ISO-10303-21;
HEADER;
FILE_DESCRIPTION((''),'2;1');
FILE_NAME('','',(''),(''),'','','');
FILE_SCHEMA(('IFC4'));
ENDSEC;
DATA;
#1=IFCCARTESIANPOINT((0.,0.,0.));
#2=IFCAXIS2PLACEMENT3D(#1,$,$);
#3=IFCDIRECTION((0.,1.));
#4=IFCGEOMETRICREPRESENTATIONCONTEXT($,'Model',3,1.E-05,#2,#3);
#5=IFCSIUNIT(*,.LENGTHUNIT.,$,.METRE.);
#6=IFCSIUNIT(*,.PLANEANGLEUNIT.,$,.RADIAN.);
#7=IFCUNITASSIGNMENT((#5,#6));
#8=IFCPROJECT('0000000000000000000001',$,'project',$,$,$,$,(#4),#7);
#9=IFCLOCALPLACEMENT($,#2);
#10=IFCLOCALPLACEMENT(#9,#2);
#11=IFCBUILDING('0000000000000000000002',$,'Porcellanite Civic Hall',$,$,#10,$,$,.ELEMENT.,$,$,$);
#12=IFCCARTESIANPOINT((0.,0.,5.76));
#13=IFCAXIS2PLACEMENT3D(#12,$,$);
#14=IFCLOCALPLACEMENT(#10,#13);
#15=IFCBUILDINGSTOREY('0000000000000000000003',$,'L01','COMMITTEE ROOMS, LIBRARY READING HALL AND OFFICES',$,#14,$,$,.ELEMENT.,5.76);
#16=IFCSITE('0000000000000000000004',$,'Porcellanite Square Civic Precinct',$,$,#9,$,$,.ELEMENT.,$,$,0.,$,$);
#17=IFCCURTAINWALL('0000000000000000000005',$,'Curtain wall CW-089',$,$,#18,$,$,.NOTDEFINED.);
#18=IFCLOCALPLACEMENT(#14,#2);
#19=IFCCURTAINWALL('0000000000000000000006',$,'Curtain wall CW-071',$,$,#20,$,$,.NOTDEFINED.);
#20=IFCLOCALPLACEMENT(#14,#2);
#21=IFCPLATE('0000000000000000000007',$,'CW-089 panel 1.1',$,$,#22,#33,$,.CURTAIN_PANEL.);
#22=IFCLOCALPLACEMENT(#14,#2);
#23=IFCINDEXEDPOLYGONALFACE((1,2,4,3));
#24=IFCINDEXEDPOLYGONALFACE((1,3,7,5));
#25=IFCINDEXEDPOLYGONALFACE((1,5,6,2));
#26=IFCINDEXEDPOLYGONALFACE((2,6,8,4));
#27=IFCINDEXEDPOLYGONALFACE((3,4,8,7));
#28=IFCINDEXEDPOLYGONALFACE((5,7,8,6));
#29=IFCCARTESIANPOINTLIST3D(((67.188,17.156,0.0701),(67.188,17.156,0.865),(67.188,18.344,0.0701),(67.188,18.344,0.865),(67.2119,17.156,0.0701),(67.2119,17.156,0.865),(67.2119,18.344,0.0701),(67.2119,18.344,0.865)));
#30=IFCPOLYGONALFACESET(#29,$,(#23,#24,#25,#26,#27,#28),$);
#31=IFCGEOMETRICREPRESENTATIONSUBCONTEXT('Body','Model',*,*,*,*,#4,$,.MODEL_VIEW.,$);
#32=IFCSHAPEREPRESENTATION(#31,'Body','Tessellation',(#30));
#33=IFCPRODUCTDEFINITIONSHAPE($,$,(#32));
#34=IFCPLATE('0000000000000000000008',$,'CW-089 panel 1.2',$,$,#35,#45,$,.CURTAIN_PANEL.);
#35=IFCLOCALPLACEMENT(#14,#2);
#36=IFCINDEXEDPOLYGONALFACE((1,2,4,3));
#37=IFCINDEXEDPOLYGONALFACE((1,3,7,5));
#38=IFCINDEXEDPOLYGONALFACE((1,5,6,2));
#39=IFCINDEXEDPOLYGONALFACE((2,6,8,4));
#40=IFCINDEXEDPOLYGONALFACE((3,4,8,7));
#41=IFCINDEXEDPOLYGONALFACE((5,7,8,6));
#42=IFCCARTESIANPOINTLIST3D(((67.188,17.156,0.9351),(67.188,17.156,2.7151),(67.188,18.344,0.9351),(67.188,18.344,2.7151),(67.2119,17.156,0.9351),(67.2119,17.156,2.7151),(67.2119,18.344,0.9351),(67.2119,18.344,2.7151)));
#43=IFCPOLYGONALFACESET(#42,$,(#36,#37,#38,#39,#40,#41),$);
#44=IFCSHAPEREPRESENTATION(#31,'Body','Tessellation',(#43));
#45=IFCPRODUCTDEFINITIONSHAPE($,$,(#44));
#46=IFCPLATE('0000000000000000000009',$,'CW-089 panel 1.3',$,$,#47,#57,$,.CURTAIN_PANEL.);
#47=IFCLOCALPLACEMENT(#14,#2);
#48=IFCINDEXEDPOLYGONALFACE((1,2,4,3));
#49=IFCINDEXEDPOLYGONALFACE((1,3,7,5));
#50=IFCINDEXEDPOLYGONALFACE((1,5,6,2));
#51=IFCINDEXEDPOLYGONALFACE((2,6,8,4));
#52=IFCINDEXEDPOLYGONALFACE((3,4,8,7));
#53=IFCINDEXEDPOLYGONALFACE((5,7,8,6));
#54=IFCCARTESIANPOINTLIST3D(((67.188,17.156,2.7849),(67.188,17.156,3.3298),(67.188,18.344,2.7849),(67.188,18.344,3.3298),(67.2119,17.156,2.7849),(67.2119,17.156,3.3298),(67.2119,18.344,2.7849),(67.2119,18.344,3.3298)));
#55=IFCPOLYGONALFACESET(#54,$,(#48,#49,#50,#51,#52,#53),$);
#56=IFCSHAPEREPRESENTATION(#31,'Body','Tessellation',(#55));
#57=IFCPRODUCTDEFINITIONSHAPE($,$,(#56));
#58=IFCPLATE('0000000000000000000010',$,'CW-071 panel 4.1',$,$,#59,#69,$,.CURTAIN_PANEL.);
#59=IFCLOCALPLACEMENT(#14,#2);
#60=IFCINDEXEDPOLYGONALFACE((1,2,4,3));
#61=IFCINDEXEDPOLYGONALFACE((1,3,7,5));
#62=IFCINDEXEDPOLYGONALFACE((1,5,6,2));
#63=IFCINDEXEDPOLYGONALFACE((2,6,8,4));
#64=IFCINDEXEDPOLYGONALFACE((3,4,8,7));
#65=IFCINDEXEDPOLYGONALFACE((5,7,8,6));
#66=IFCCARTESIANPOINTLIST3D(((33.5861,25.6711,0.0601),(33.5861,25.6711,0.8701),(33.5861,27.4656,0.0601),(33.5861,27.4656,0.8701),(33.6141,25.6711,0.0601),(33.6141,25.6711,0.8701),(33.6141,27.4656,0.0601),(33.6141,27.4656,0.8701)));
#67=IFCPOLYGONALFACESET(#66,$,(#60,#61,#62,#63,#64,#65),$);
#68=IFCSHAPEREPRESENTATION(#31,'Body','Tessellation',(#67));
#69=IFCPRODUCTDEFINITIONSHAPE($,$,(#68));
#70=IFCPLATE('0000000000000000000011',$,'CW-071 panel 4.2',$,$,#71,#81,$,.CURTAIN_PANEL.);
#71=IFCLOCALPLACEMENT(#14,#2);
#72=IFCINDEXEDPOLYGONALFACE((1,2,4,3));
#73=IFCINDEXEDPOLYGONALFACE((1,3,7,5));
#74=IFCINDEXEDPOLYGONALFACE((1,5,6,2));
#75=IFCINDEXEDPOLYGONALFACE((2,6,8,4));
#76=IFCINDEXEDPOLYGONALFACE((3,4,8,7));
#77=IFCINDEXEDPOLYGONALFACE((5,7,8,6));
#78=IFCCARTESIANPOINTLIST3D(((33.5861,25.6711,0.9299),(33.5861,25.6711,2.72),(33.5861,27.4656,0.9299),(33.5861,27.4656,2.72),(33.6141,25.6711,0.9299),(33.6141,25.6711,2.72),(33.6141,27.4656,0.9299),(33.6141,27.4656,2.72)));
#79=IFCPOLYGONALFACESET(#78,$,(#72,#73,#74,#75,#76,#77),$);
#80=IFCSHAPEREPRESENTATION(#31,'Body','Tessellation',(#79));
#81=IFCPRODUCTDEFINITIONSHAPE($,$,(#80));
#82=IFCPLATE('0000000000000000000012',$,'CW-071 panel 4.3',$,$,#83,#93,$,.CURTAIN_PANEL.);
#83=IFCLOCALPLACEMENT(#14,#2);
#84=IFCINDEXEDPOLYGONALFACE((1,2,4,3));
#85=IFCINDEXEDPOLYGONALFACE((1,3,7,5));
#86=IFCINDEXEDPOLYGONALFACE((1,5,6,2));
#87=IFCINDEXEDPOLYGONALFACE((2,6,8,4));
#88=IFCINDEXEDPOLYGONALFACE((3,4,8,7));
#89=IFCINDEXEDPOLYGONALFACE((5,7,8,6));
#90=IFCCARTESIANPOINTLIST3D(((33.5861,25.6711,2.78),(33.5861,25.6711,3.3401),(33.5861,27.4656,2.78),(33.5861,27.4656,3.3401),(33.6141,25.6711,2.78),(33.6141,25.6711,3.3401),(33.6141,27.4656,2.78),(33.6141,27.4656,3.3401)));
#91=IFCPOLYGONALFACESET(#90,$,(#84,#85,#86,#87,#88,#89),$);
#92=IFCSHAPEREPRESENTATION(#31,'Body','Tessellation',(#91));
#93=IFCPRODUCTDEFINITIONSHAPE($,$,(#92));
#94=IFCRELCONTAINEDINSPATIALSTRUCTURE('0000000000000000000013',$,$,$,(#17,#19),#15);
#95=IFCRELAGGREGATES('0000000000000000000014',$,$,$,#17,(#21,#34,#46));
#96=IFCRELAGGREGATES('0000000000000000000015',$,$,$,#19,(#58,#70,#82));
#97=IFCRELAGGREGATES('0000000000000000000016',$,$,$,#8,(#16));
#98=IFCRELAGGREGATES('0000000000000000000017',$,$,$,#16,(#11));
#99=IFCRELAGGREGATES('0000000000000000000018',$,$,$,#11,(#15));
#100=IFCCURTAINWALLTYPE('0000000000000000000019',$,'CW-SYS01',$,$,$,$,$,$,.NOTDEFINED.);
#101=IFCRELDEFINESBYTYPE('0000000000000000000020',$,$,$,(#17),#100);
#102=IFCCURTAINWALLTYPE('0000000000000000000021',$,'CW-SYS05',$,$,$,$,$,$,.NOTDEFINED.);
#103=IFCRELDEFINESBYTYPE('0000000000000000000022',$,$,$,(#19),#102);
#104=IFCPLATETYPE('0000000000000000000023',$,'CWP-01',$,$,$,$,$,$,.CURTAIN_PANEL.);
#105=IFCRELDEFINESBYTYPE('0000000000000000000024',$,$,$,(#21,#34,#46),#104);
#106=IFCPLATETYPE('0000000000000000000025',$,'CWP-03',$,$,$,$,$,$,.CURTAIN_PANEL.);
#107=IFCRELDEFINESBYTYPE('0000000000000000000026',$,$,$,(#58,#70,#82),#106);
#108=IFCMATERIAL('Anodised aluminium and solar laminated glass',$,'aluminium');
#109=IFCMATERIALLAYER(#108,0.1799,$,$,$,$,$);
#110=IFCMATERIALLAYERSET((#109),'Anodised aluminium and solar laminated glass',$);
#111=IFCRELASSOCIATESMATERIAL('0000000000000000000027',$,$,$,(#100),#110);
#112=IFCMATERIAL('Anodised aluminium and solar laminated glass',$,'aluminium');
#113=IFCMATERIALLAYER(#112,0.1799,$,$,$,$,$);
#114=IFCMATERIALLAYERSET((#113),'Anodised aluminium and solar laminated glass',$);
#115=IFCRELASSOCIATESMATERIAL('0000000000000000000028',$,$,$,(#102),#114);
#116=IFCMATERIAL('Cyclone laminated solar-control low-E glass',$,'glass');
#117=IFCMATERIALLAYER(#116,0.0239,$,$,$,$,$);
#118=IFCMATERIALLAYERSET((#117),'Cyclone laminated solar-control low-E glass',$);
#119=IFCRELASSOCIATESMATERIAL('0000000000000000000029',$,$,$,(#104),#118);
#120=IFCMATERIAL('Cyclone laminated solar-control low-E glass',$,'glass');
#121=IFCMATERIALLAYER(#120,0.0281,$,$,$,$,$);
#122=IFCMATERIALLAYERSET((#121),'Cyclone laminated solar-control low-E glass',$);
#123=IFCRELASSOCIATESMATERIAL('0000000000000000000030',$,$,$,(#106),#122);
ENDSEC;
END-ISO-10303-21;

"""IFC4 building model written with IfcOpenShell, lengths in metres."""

from ifc_helpers import new_model, si_unit, direction, frame, origin, origin_2d, place, context, subcontext, project, spatial, rectangle, extrude, material, layer, layer_set, type_object, element, aggregate, save


model = new_model("IFC4")

# Units and contexts
model_context = context("Model", 3, precision=1e-05, world=origin(), true_north=direction((0.0, 1.0)))
body_context = subcontext(model_context, "Body", "Model", "MODEL_VIEW")
ifc_project = project(units=[si_unit("LENGTHUNIT", "METRE"), si_unit("PLANEANGLEUNIT", "RADIAN")], contexts=[model_context])

# Site, building, storey
site_placement = place(None, origin())
site = spatial("IfcSite", under=ifc_project, at=site_placement, Name="Porcellanite Square Civic Precinct", CompositionType="ELEMENT", RefElevation=0.0)
building_placement = place(site_placement, origin())
building = spatial("IfcBuilding", under=site, at=building_placement, Name="Porcellanite Civic Hall", CompositionType="ELEMENT")
storey_placement = place(building_placement, frame((0.0, 0.0, 5.76)))
storey = spatial("IfcBuildingStorey", under=building, at=storey_placement, Name="L01", Description="COMMITTEE ROOMS, LIBRARY READING HALL AND OFFICES", CompositionType="ELEMENT", Elevation=5.76)

# Curtain wall
ifc_material_1 = material(Name="Anodised aluminium and solar laminated glass", Category="aluminium")
ifc_layer_1 = layer(ifc_material_1, 0.1799)
ifc_layer_set_1 = layer_set([ifc_layer_1], Name="Anodised aluminium and solar laminated glass")
curtain_wall_type_1 = type_object("IfcCurtainWallType", Name="CW-SYS01", PredefinedType="NOTDEFINED", material=ifc_layer_set_1)
curtain_wall_1_placement = place(storey_placement, origin())
curtain_wall_1 = element("IfcCurtainWall", 1, at=curtain_wall_1_placement, inside=storey, type_object=curtain_wall_type_1, Name="Curtain wall CW-089", PredefinedType="NOTDEFINED")

# Curtain wall
ifc_material_2 = material(Name="Anodised aluminium and solar laminated glass", Category="aluminium")
ifc_layer_2 = layer(ifc_material_2, 0.1799)
ifc_layer_set_2 = layer_set([ifc_layer_2], Name="Anodised aluminium and solar laminated glass")
curtain_wall_type_2 = type_object("IfcCurtainWallType", Name="CW-SYS05", PredefinedType="NOTDEFINED", material=ifc_layer_set_2)
curtain_wall_2_placement = place(storey_placement, origin())
curtain_wall_2 = element("IfcCurtainWall", 2, at=curtain_wall_2_placement, inside=storey, type_object=curtain_wall_type_2, Name="Curtain wall CW-071", PredefinedType="NOTDEFINED")

# Plates
ifc_material_3 = material(Name="Cyclone laminated solar-control low-E glass", Category="glass")
ifc_layer_3 = layer(ifc_material_3, 0.0239)
ifc_layer_set_3 = layer_set([ifc_layer_3], Name="Cyclone laminated solar-control low-E glass")
plate_type_1 = type_object("IfcPlateType", Name="CWP-01", PredefinedType="CURTAIN_PANEL", material=ifc_layer_set_3)
plate_1_placement = place(storey_placement, frame((67.2, 17.75, 0.0701), z_axis=(0.0, 0.0, 1.0), x_axis=(0.0, 1.0, 0.0)))
plate_1 = element("IfcPlate", 3, at=plate_1_placement, type_object=plate_type_1, Name="CW-089 panel 1.1", PredefinedType="CURTAIN_PANEL", context=body_context, shape_type="SweptSolid", body=[
    extrude(rectangle(XDim=1.188, YDim=0.0239, at=origin_2d()), origin(), (0.0, 0.0, 1.0), 0.7949),
])
plate_2_placement = place(storey_placement, frame((67.2, 17.75, 0.9351), z_axis=(0.0, 0.0, 1.0), x_axis=(0.0, 1.0, 0.0)))
plate_2 = element("IfcPlate", 4, at=plate_2_placement, type_object=plate_type_1, Name="CW-089 panel 1.2", PredefinedType="CURTAIN_PANEL", context=body_context, shape_type="SweptSolid", body=[
    extrude(rectangle(XDim=1.188, YDim=0.0239, at=origin_2d()), origin(), (0.0, 0.0, 1.0), 1.78),
])
plate_3_placement = place(storey_placement, frame((67.2, 17.75, 2.7849), z_axis=(0.0, 0.0, 1.0), x_axis=(0.0, 1.0, 0.0)))
plate_3 = element("IfcPlate", 5, at=plate_3_placement, type_object=plate_type_1, Name="CW-089 panel 1.3", PredefinedType="CURTAIN_PANEL", context=body_context, shape_type="SweptSolid", body=[
    extrude(rectangle(XDim=1.188, YDim=0.0239, at=origin_2d()), origin(), (0.0, 0.0, 1.0), 0.5449),
])
aggregate(curtain_wall_1, [plate_1, plate_2, plate_3])
ifc_material_4 = material(Name="Cyclone laminated solar-control low-E glass", Category="glass")
ifc_layer_4 = layer(ifc_material_4, 0.0281)
ifc_layer_set_4 = layer_set([ifc_layer_4], Name="Cyclone laminated solar-control low-E glass")
plate_type_2 = type_object("IfcPlateType", Name="CWP-03", PredefinedType="CURTAIN_PANEL", material=ifc_layer_set_4)
plate_4_placement = place(storey_placement, frame((33.6001, 26.5684, 0.0601), z_axis=(0.0, 0.0, 1.0), x_axis=(0.0, -1.0, 0.0)))
plate_4 = element("IfcPlate", 6, at=plate_4_placement, type_object=plate_type_2, Name="CW-071 panel 4.1", PredefinedType="CURTAIN_PANEL", context=body_context, shape_type="SweptSolid", body=[
    extrude(rectangle(XDim=1.7944, YDim=0.0281, at=origin_2d()), origin(), (0.0, 0.0, 1.0), 0.8101),
])
plate_5_placement = place(storey_placement, frame((33.6001, 26.5684, 0.9299), z_axis=(0.0, 0.0, 1.0), x_axis=(0.0, -1.0, 0.0)))
plate_5 = element("IfcPlate", 7, at=plate_5_placement, type_object=plate_type_2, Name="CW-071 panel 4.2", PredefinedType="CURTAIN_PANEL", context=body_context, shape_type="SweptSolid", body=[
    extrude(rectangle(XDim=1.7944, YDim=0.0281, at=origin_2d()), origin(), (0.0, 0.0, 1.0), 1.79),
])
plate_6_placement = place(storey_placement, frame((33.6001, 26.5684, 2.78), z_axis=(0.0, 0.0, 1.0), x_axis=(0.0, -1.0, 0.0)))
plate_6 = element("IfcPlate", 8, at=plate_6_placement, type_object=plate_type_2, Name="CW-071 panel 4.3", PredefinedType="CURTAIN_PANEL", context=body_context, shape_type="SweptSolid", body=[
    extrude(rectangle(XDim=1.7944, YDim=0.0281, at=origin_2d()), origin(), (0.0, 0.0, 1.0), 0.5601),
])
aggregate(curtain_wall_2, [plate_4, plate_5, plate_6])

save(model, "model.ifc")
